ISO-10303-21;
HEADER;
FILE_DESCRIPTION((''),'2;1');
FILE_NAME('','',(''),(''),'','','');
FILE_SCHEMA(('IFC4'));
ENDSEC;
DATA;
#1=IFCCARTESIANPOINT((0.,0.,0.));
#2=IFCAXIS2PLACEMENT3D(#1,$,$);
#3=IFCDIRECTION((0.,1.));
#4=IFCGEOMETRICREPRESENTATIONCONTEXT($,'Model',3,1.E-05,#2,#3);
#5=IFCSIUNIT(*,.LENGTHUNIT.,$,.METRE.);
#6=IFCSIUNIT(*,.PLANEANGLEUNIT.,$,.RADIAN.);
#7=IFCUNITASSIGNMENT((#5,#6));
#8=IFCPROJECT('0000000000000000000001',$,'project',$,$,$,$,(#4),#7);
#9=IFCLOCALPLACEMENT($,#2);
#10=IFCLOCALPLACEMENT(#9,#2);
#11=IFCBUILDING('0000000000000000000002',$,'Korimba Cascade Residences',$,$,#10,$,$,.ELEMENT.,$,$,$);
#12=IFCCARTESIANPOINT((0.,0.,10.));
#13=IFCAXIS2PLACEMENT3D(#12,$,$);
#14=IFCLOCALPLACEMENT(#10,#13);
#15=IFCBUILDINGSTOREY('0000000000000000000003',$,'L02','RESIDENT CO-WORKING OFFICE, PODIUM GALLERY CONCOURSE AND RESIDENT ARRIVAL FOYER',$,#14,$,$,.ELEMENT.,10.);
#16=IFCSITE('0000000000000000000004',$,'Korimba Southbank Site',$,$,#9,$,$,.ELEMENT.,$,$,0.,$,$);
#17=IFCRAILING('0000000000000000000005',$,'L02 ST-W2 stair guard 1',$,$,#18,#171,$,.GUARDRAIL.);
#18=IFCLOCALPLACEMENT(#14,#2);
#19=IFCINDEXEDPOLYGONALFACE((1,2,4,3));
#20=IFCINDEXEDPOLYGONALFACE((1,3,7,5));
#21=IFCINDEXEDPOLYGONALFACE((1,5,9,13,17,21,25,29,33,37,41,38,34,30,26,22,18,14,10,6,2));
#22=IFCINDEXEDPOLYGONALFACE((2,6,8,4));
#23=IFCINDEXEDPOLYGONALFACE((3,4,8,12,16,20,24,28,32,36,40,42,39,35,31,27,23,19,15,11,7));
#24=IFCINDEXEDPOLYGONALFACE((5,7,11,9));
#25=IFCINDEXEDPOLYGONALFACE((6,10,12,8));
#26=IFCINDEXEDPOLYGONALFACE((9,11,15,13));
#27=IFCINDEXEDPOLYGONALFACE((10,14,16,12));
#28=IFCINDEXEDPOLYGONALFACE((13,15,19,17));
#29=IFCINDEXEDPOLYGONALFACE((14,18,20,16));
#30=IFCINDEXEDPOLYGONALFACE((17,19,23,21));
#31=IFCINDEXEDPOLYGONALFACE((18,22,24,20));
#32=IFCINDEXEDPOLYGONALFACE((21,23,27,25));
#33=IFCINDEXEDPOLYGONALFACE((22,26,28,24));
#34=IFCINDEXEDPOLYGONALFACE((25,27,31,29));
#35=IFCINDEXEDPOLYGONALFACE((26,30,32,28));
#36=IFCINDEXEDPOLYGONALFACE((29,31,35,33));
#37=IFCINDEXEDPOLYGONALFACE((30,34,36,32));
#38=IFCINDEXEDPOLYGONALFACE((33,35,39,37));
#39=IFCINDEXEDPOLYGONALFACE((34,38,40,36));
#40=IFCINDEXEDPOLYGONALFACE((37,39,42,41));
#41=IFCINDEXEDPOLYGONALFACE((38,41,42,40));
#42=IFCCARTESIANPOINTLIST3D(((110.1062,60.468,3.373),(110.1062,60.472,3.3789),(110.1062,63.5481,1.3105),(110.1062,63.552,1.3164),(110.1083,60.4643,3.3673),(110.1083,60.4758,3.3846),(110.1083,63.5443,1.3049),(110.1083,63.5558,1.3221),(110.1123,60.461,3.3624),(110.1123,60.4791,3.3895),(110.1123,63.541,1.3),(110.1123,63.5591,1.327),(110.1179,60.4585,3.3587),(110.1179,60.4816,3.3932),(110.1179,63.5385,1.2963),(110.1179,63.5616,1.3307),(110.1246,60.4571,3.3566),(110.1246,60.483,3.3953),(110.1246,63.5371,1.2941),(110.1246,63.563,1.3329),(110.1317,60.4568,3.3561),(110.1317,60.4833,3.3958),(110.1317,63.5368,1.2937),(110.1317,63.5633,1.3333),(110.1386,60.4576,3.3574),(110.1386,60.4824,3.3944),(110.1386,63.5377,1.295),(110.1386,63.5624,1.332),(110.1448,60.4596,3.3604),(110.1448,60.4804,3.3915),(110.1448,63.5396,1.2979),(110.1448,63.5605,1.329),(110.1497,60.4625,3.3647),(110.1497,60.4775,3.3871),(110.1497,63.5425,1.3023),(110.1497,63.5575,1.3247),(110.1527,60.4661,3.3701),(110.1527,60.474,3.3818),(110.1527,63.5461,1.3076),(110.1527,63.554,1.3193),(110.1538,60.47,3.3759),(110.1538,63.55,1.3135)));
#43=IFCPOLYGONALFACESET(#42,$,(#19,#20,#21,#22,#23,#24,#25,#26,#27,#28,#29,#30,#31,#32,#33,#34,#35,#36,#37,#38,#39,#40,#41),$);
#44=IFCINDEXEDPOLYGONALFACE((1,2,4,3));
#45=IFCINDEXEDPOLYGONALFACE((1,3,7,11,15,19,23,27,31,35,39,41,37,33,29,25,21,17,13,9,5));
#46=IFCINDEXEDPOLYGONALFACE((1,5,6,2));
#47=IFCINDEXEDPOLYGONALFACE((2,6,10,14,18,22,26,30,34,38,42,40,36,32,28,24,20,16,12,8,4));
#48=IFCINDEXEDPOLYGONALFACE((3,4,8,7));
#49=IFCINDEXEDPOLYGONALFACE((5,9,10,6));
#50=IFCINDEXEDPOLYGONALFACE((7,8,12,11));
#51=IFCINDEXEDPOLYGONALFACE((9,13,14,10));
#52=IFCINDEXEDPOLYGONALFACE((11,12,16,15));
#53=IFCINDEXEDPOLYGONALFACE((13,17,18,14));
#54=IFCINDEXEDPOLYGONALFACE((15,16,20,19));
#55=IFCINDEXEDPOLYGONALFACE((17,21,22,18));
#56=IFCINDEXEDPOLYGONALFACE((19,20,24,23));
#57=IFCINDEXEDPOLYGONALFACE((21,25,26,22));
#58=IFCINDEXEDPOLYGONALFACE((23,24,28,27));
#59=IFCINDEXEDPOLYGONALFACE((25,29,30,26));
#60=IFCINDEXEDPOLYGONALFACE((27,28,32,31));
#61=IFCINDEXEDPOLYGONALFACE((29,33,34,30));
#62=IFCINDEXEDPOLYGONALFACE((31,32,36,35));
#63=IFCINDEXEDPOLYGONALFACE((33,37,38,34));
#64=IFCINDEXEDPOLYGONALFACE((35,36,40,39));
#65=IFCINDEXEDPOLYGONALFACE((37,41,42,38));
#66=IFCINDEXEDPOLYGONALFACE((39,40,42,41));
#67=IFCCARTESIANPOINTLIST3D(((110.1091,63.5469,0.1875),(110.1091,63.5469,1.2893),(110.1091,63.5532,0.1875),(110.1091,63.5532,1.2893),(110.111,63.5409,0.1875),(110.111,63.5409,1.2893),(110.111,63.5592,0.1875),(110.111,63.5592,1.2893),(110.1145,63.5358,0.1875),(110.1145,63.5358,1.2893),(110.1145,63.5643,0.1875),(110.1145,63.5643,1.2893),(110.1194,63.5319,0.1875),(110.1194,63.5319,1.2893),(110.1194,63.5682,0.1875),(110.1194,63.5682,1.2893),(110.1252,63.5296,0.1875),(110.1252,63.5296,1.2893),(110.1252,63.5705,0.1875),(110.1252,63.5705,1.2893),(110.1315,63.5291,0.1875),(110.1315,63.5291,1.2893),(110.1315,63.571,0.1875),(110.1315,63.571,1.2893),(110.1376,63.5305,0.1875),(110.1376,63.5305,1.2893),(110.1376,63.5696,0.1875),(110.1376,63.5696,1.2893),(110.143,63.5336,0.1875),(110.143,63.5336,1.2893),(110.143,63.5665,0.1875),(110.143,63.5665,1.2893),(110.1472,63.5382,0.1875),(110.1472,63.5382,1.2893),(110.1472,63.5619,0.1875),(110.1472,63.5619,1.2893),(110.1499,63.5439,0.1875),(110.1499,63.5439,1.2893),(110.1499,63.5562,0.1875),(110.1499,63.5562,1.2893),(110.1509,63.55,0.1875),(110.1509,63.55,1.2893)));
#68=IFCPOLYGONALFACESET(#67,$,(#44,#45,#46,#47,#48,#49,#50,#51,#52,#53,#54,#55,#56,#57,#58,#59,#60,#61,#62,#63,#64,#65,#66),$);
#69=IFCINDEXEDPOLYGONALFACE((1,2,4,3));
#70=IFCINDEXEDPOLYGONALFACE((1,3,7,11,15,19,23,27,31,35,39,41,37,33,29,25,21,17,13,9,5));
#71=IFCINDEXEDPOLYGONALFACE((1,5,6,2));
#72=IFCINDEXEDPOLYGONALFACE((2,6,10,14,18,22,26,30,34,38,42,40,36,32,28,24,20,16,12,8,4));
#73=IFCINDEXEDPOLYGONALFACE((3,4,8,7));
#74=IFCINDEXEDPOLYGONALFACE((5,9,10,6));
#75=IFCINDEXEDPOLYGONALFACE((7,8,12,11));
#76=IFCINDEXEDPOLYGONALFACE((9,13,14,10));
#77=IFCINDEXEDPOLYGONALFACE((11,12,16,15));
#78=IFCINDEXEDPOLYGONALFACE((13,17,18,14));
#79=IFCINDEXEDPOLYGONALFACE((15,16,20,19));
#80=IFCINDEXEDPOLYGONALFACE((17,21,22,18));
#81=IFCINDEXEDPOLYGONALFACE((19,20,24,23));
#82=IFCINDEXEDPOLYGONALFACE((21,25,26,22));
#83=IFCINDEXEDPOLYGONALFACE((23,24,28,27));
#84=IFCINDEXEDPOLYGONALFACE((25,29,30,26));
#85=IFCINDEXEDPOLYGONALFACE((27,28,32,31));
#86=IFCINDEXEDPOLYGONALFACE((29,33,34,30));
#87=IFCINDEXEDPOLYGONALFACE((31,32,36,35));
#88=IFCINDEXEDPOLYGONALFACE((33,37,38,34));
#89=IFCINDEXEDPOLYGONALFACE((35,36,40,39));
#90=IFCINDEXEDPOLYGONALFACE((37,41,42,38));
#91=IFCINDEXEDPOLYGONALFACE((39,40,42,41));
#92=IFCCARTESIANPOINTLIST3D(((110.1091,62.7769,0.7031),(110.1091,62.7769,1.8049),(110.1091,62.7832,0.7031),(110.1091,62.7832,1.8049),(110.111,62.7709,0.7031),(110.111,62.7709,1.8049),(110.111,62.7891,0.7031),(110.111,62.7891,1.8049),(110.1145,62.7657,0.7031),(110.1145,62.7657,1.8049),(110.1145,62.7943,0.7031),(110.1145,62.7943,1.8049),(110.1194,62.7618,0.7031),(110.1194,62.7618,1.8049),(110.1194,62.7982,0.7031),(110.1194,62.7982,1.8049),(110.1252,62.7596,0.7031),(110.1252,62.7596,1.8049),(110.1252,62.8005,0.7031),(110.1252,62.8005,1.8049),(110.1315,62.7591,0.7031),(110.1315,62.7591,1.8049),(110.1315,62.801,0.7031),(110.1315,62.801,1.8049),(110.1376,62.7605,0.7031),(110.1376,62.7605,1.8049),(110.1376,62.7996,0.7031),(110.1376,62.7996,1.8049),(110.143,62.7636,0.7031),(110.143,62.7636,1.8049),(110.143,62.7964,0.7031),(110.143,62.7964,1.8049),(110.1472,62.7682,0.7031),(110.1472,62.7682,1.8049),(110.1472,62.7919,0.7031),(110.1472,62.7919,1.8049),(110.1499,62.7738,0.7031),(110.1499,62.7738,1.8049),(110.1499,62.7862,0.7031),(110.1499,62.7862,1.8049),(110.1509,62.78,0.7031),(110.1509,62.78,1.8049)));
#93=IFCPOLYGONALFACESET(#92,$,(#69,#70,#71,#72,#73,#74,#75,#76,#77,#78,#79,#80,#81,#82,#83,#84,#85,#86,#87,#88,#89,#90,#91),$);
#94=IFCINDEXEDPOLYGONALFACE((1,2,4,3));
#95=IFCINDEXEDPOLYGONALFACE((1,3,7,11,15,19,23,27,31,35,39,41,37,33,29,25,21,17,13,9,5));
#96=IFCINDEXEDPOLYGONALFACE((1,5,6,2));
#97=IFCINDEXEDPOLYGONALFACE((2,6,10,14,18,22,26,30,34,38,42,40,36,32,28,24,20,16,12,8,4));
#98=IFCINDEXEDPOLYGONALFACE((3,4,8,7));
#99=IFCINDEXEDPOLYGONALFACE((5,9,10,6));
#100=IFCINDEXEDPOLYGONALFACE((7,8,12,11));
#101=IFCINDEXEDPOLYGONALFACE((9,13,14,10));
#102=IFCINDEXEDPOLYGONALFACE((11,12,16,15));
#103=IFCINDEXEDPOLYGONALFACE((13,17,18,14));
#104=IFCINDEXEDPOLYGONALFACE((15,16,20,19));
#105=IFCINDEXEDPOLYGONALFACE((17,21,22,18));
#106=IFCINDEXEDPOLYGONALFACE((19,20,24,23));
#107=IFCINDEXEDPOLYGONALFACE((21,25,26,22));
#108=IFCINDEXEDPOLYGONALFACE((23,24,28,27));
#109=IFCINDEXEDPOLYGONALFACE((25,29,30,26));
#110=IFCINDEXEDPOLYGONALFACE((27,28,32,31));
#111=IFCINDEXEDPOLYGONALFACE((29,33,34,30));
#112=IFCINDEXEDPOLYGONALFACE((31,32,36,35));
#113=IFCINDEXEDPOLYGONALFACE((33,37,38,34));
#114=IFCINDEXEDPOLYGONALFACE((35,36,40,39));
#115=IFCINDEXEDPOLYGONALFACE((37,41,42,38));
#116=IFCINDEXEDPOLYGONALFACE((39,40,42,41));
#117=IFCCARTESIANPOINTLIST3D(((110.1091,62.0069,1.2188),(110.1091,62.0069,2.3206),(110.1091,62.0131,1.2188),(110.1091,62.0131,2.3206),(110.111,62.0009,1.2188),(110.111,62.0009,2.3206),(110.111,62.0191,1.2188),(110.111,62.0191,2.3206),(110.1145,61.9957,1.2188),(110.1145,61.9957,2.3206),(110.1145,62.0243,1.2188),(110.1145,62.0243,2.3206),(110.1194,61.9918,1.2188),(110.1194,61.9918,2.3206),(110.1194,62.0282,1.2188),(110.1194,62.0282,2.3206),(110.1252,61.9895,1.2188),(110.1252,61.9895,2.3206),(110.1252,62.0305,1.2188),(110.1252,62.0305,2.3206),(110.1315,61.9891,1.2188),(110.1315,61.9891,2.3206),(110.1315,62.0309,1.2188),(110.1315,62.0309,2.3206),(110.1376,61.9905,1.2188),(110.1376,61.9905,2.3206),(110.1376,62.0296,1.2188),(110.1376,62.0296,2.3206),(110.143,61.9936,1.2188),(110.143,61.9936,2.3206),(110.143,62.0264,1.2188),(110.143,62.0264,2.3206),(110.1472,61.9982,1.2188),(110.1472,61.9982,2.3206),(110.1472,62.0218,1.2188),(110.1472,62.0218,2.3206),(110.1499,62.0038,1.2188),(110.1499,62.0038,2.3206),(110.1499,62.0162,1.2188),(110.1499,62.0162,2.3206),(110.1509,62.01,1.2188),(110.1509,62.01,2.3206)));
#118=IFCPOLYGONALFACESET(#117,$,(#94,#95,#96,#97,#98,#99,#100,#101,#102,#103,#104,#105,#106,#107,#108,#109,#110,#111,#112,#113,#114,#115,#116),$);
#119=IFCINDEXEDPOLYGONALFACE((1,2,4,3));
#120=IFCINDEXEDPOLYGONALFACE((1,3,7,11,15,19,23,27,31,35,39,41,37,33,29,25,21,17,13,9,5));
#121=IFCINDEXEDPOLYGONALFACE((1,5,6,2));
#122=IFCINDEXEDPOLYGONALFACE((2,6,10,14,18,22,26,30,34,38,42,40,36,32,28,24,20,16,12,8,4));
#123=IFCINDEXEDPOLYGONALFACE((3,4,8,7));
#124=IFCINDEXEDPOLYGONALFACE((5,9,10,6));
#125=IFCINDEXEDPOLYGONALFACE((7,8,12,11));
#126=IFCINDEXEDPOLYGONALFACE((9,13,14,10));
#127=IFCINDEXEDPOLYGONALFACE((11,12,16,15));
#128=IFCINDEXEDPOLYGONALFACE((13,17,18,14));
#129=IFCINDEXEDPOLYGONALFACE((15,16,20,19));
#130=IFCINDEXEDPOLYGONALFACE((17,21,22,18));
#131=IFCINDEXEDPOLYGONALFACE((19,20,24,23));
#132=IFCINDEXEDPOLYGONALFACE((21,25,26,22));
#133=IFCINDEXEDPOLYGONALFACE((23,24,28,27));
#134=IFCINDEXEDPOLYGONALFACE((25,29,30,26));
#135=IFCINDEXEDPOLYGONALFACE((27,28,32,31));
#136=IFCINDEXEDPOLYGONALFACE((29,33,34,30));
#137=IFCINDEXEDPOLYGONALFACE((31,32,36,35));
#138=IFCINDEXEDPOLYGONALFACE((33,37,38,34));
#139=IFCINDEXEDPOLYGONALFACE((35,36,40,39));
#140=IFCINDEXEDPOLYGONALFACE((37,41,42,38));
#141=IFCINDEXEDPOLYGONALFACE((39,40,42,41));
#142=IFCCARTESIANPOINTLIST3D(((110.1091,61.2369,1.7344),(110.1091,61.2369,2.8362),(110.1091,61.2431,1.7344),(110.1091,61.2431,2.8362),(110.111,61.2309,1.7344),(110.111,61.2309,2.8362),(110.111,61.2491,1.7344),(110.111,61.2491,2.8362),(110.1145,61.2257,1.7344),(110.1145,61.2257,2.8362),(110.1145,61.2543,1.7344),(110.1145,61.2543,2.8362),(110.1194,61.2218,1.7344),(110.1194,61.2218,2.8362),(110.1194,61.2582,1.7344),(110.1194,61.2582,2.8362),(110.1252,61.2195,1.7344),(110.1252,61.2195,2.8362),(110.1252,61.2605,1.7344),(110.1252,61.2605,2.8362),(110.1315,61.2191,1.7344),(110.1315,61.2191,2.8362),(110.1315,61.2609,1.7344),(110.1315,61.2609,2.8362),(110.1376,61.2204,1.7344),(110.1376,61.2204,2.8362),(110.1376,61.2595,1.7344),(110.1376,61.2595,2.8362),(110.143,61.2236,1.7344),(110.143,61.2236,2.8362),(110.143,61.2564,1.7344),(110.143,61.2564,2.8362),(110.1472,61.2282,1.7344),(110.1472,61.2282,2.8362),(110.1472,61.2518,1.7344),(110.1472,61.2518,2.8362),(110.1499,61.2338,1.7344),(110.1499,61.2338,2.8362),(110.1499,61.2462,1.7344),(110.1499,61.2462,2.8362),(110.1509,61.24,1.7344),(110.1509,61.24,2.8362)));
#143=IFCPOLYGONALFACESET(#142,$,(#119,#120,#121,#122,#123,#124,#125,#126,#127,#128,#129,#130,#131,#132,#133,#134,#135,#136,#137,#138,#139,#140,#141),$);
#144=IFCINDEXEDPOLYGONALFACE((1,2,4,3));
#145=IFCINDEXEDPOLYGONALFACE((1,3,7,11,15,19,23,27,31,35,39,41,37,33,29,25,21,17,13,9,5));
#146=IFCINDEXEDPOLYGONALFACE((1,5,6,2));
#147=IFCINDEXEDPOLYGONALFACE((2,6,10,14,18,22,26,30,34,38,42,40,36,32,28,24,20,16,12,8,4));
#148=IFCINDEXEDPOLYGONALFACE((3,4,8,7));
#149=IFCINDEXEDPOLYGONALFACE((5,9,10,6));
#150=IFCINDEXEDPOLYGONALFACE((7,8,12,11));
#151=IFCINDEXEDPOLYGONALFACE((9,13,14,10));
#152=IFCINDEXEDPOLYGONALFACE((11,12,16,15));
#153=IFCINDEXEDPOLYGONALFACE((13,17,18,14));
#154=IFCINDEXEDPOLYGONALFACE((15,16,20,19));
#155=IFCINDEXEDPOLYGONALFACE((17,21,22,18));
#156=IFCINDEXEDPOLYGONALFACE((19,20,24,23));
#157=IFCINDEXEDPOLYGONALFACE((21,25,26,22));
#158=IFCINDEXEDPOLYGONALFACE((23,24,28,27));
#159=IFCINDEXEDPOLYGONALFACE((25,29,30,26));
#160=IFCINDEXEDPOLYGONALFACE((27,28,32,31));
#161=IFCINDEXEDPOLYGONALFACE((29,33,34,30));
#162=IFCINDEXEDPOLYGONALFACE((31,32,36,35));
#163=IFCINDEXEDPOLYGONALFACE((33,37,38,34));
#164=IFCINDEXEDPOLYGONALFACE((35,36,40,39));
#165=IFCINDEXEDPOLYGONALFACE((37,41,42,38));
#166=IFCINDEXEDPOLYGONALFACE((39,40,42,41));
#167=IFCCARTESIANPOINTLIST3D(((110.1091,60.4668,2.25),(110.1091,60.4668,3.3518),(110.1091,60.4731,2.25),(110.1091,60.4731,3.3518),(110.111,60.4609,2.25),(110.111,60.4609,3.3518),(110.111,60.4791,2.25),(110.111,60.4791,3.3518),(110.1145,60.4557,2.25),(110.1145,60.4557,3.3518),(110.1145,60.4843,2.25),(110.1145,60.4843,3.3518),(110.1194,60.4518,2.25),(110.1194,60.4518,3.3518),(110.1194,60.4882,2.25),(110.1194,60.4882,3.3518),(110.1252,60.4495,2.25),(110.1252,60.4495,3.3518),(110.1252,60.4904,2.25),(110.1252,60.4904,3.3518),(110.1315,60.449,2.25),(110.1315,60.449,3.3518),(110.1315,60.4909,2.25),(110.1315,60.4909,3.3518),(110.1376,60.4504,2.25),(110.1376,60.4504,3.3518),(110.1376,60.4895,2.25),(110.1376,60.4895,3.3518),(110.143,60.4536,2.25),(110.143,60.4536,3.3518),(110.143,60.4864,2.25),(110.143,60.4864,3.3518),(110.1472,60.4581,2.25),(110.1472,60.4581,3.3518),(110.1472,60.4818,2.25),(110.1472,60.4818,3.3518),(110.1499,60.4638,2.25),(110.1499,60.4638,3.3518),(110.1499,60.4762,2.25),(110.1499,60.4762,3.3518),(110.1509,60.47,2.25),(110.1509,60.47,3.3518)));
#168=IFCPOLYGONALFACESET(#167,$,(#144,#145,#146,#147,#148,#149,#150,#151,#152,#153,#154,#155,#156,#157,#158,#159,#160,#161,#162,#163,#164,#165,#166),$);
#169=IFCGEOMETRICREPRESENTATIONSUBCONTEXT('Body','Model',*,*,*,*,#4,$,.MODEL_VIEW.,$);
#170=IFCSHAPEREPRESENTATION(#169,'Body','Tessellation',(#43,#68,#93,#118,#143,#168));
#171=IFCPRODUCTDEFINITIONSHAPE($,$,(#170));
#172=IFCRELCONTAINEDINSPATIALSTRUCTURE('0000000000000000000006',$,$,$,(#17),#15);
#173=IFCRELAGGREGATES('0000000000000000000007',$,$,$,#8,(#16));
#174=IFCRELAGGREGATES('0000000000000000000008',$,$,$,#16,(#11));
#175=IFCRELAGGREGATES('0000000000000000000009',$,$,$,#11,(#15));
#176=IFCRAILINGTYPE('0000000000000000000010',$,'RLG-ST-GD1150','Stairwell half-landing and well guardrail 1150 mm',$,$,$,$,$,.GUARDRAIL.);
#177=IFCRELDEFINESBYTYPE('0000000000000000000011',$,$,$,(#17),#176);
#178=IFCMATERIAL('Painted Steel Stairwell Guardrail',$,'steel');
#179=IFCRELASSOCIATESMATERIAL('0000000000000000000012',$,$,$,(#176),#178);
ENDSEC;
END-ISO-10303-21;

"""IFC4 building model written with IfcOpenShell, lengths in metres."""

from ifc_helpers import new_model, si_unit, direction, frame, origin, origin_2d, place, context, subcontext, project, spatial, circle, extrude, material, type_object, element, save


model = new_model("IFC4")

# Units and contexts
model_context = context("Model", 3, precision=1e-05, world=origin(), true_north=direction((0.0, 1.0)))
body_context = subcontext(model_context, "Body", "Model", "MODEL_VIEW")
ifc_project = project(units=[si_unit("LENGTHUNIT", "METRE"), si_unit("PLANEANGLEUNIT", "RADIAN")], contexts=[model_context])

# Site, building, storey
site_placement = place(None, origin())
site = spatial("IfcSite", under=ifc_project, at=site_placement, Name="Korimba Southbank Site", CompositionType="ELEMENT", RefElevation=0.0)
building_placement = place(site_placement, origin())
building = spatial("IfcBuilding", under=site, at=building_placement, Name="Korimba Cascade Residences", CompositionType="ELEMENT")
storey_placement = place(building_placement, frame((0.0, 0.0, 10.0)))
storey = spatial("IfcBuildingStorey", under=building, at=storey_placement, Name="L02", Description="RESIDENT CO-WORKING OFFICE, PODIUM GALLERY CONCOURSE AND RESIDENT ARRIVAL FOYER", CompositionType="ELEMENT", Elevation=10.0)

# Railing
ifc_material_1 = material(Name="Painted Steel Stairwell Guardrail", Category="steel")
railing_type_1 = type_object("IfcRailingType", Name="RLG-ST-GD1150", Description="Stairwell half-landing and well guardrail 1150 mm", PredefinedType="GUARDRAIL", material=ifc_material_1)
railing_1_placement = place(storey_placement, frame((110.1299, 63.55, 0.1875)))
element("IfcRailing", 1, at=railing_1_placement, inside=storey, type_object=railing_type_1, Name="L02 ST-W2 stair guard 1", PredefinedType="GUARDRAIL", context=body_context, shape_type="SweptSolid", body=[
    extrude(circle(Radius=0.0239, at=origin_2d()), frame((0.0, 0.0, 1.126), z_axis=(0.0, -0.830914, 0.556401), x_axis=(1.0, 0.0, 0.0)), (0.0, 0.0, 1.0), 3.7068),
    extrude(circle(Radius=0.021, at=origin_2d()), origin(), (0.0, 0.0, 1.0), 1.1018),
    extrude(circle(Radius=0.021, at=origin_2d()), frame((0.0, -0.77, 0.5156)), (0.0, 0.0, 1.0), 1.1018),
    extrude(circle(Radius=0.021, at=origin_2d()), frame((0.0, -1.54, 1.0312)), (0.0, 0.0, 1.0), 1.1018),
    extrude(circle(Radius=0.021, at=origin_2d()), frame((0.0, -2.3101, 1.5469)), (0.0, 0.0, 1.0), 1.1018),
    extrude(circle(Radius=0.021, at=origin_2d()), frame((0.0, -3.0801, 2.0625)), (0.0, 0.0, 1.0), 1.1018),
])

save(model, "model.ifc")
